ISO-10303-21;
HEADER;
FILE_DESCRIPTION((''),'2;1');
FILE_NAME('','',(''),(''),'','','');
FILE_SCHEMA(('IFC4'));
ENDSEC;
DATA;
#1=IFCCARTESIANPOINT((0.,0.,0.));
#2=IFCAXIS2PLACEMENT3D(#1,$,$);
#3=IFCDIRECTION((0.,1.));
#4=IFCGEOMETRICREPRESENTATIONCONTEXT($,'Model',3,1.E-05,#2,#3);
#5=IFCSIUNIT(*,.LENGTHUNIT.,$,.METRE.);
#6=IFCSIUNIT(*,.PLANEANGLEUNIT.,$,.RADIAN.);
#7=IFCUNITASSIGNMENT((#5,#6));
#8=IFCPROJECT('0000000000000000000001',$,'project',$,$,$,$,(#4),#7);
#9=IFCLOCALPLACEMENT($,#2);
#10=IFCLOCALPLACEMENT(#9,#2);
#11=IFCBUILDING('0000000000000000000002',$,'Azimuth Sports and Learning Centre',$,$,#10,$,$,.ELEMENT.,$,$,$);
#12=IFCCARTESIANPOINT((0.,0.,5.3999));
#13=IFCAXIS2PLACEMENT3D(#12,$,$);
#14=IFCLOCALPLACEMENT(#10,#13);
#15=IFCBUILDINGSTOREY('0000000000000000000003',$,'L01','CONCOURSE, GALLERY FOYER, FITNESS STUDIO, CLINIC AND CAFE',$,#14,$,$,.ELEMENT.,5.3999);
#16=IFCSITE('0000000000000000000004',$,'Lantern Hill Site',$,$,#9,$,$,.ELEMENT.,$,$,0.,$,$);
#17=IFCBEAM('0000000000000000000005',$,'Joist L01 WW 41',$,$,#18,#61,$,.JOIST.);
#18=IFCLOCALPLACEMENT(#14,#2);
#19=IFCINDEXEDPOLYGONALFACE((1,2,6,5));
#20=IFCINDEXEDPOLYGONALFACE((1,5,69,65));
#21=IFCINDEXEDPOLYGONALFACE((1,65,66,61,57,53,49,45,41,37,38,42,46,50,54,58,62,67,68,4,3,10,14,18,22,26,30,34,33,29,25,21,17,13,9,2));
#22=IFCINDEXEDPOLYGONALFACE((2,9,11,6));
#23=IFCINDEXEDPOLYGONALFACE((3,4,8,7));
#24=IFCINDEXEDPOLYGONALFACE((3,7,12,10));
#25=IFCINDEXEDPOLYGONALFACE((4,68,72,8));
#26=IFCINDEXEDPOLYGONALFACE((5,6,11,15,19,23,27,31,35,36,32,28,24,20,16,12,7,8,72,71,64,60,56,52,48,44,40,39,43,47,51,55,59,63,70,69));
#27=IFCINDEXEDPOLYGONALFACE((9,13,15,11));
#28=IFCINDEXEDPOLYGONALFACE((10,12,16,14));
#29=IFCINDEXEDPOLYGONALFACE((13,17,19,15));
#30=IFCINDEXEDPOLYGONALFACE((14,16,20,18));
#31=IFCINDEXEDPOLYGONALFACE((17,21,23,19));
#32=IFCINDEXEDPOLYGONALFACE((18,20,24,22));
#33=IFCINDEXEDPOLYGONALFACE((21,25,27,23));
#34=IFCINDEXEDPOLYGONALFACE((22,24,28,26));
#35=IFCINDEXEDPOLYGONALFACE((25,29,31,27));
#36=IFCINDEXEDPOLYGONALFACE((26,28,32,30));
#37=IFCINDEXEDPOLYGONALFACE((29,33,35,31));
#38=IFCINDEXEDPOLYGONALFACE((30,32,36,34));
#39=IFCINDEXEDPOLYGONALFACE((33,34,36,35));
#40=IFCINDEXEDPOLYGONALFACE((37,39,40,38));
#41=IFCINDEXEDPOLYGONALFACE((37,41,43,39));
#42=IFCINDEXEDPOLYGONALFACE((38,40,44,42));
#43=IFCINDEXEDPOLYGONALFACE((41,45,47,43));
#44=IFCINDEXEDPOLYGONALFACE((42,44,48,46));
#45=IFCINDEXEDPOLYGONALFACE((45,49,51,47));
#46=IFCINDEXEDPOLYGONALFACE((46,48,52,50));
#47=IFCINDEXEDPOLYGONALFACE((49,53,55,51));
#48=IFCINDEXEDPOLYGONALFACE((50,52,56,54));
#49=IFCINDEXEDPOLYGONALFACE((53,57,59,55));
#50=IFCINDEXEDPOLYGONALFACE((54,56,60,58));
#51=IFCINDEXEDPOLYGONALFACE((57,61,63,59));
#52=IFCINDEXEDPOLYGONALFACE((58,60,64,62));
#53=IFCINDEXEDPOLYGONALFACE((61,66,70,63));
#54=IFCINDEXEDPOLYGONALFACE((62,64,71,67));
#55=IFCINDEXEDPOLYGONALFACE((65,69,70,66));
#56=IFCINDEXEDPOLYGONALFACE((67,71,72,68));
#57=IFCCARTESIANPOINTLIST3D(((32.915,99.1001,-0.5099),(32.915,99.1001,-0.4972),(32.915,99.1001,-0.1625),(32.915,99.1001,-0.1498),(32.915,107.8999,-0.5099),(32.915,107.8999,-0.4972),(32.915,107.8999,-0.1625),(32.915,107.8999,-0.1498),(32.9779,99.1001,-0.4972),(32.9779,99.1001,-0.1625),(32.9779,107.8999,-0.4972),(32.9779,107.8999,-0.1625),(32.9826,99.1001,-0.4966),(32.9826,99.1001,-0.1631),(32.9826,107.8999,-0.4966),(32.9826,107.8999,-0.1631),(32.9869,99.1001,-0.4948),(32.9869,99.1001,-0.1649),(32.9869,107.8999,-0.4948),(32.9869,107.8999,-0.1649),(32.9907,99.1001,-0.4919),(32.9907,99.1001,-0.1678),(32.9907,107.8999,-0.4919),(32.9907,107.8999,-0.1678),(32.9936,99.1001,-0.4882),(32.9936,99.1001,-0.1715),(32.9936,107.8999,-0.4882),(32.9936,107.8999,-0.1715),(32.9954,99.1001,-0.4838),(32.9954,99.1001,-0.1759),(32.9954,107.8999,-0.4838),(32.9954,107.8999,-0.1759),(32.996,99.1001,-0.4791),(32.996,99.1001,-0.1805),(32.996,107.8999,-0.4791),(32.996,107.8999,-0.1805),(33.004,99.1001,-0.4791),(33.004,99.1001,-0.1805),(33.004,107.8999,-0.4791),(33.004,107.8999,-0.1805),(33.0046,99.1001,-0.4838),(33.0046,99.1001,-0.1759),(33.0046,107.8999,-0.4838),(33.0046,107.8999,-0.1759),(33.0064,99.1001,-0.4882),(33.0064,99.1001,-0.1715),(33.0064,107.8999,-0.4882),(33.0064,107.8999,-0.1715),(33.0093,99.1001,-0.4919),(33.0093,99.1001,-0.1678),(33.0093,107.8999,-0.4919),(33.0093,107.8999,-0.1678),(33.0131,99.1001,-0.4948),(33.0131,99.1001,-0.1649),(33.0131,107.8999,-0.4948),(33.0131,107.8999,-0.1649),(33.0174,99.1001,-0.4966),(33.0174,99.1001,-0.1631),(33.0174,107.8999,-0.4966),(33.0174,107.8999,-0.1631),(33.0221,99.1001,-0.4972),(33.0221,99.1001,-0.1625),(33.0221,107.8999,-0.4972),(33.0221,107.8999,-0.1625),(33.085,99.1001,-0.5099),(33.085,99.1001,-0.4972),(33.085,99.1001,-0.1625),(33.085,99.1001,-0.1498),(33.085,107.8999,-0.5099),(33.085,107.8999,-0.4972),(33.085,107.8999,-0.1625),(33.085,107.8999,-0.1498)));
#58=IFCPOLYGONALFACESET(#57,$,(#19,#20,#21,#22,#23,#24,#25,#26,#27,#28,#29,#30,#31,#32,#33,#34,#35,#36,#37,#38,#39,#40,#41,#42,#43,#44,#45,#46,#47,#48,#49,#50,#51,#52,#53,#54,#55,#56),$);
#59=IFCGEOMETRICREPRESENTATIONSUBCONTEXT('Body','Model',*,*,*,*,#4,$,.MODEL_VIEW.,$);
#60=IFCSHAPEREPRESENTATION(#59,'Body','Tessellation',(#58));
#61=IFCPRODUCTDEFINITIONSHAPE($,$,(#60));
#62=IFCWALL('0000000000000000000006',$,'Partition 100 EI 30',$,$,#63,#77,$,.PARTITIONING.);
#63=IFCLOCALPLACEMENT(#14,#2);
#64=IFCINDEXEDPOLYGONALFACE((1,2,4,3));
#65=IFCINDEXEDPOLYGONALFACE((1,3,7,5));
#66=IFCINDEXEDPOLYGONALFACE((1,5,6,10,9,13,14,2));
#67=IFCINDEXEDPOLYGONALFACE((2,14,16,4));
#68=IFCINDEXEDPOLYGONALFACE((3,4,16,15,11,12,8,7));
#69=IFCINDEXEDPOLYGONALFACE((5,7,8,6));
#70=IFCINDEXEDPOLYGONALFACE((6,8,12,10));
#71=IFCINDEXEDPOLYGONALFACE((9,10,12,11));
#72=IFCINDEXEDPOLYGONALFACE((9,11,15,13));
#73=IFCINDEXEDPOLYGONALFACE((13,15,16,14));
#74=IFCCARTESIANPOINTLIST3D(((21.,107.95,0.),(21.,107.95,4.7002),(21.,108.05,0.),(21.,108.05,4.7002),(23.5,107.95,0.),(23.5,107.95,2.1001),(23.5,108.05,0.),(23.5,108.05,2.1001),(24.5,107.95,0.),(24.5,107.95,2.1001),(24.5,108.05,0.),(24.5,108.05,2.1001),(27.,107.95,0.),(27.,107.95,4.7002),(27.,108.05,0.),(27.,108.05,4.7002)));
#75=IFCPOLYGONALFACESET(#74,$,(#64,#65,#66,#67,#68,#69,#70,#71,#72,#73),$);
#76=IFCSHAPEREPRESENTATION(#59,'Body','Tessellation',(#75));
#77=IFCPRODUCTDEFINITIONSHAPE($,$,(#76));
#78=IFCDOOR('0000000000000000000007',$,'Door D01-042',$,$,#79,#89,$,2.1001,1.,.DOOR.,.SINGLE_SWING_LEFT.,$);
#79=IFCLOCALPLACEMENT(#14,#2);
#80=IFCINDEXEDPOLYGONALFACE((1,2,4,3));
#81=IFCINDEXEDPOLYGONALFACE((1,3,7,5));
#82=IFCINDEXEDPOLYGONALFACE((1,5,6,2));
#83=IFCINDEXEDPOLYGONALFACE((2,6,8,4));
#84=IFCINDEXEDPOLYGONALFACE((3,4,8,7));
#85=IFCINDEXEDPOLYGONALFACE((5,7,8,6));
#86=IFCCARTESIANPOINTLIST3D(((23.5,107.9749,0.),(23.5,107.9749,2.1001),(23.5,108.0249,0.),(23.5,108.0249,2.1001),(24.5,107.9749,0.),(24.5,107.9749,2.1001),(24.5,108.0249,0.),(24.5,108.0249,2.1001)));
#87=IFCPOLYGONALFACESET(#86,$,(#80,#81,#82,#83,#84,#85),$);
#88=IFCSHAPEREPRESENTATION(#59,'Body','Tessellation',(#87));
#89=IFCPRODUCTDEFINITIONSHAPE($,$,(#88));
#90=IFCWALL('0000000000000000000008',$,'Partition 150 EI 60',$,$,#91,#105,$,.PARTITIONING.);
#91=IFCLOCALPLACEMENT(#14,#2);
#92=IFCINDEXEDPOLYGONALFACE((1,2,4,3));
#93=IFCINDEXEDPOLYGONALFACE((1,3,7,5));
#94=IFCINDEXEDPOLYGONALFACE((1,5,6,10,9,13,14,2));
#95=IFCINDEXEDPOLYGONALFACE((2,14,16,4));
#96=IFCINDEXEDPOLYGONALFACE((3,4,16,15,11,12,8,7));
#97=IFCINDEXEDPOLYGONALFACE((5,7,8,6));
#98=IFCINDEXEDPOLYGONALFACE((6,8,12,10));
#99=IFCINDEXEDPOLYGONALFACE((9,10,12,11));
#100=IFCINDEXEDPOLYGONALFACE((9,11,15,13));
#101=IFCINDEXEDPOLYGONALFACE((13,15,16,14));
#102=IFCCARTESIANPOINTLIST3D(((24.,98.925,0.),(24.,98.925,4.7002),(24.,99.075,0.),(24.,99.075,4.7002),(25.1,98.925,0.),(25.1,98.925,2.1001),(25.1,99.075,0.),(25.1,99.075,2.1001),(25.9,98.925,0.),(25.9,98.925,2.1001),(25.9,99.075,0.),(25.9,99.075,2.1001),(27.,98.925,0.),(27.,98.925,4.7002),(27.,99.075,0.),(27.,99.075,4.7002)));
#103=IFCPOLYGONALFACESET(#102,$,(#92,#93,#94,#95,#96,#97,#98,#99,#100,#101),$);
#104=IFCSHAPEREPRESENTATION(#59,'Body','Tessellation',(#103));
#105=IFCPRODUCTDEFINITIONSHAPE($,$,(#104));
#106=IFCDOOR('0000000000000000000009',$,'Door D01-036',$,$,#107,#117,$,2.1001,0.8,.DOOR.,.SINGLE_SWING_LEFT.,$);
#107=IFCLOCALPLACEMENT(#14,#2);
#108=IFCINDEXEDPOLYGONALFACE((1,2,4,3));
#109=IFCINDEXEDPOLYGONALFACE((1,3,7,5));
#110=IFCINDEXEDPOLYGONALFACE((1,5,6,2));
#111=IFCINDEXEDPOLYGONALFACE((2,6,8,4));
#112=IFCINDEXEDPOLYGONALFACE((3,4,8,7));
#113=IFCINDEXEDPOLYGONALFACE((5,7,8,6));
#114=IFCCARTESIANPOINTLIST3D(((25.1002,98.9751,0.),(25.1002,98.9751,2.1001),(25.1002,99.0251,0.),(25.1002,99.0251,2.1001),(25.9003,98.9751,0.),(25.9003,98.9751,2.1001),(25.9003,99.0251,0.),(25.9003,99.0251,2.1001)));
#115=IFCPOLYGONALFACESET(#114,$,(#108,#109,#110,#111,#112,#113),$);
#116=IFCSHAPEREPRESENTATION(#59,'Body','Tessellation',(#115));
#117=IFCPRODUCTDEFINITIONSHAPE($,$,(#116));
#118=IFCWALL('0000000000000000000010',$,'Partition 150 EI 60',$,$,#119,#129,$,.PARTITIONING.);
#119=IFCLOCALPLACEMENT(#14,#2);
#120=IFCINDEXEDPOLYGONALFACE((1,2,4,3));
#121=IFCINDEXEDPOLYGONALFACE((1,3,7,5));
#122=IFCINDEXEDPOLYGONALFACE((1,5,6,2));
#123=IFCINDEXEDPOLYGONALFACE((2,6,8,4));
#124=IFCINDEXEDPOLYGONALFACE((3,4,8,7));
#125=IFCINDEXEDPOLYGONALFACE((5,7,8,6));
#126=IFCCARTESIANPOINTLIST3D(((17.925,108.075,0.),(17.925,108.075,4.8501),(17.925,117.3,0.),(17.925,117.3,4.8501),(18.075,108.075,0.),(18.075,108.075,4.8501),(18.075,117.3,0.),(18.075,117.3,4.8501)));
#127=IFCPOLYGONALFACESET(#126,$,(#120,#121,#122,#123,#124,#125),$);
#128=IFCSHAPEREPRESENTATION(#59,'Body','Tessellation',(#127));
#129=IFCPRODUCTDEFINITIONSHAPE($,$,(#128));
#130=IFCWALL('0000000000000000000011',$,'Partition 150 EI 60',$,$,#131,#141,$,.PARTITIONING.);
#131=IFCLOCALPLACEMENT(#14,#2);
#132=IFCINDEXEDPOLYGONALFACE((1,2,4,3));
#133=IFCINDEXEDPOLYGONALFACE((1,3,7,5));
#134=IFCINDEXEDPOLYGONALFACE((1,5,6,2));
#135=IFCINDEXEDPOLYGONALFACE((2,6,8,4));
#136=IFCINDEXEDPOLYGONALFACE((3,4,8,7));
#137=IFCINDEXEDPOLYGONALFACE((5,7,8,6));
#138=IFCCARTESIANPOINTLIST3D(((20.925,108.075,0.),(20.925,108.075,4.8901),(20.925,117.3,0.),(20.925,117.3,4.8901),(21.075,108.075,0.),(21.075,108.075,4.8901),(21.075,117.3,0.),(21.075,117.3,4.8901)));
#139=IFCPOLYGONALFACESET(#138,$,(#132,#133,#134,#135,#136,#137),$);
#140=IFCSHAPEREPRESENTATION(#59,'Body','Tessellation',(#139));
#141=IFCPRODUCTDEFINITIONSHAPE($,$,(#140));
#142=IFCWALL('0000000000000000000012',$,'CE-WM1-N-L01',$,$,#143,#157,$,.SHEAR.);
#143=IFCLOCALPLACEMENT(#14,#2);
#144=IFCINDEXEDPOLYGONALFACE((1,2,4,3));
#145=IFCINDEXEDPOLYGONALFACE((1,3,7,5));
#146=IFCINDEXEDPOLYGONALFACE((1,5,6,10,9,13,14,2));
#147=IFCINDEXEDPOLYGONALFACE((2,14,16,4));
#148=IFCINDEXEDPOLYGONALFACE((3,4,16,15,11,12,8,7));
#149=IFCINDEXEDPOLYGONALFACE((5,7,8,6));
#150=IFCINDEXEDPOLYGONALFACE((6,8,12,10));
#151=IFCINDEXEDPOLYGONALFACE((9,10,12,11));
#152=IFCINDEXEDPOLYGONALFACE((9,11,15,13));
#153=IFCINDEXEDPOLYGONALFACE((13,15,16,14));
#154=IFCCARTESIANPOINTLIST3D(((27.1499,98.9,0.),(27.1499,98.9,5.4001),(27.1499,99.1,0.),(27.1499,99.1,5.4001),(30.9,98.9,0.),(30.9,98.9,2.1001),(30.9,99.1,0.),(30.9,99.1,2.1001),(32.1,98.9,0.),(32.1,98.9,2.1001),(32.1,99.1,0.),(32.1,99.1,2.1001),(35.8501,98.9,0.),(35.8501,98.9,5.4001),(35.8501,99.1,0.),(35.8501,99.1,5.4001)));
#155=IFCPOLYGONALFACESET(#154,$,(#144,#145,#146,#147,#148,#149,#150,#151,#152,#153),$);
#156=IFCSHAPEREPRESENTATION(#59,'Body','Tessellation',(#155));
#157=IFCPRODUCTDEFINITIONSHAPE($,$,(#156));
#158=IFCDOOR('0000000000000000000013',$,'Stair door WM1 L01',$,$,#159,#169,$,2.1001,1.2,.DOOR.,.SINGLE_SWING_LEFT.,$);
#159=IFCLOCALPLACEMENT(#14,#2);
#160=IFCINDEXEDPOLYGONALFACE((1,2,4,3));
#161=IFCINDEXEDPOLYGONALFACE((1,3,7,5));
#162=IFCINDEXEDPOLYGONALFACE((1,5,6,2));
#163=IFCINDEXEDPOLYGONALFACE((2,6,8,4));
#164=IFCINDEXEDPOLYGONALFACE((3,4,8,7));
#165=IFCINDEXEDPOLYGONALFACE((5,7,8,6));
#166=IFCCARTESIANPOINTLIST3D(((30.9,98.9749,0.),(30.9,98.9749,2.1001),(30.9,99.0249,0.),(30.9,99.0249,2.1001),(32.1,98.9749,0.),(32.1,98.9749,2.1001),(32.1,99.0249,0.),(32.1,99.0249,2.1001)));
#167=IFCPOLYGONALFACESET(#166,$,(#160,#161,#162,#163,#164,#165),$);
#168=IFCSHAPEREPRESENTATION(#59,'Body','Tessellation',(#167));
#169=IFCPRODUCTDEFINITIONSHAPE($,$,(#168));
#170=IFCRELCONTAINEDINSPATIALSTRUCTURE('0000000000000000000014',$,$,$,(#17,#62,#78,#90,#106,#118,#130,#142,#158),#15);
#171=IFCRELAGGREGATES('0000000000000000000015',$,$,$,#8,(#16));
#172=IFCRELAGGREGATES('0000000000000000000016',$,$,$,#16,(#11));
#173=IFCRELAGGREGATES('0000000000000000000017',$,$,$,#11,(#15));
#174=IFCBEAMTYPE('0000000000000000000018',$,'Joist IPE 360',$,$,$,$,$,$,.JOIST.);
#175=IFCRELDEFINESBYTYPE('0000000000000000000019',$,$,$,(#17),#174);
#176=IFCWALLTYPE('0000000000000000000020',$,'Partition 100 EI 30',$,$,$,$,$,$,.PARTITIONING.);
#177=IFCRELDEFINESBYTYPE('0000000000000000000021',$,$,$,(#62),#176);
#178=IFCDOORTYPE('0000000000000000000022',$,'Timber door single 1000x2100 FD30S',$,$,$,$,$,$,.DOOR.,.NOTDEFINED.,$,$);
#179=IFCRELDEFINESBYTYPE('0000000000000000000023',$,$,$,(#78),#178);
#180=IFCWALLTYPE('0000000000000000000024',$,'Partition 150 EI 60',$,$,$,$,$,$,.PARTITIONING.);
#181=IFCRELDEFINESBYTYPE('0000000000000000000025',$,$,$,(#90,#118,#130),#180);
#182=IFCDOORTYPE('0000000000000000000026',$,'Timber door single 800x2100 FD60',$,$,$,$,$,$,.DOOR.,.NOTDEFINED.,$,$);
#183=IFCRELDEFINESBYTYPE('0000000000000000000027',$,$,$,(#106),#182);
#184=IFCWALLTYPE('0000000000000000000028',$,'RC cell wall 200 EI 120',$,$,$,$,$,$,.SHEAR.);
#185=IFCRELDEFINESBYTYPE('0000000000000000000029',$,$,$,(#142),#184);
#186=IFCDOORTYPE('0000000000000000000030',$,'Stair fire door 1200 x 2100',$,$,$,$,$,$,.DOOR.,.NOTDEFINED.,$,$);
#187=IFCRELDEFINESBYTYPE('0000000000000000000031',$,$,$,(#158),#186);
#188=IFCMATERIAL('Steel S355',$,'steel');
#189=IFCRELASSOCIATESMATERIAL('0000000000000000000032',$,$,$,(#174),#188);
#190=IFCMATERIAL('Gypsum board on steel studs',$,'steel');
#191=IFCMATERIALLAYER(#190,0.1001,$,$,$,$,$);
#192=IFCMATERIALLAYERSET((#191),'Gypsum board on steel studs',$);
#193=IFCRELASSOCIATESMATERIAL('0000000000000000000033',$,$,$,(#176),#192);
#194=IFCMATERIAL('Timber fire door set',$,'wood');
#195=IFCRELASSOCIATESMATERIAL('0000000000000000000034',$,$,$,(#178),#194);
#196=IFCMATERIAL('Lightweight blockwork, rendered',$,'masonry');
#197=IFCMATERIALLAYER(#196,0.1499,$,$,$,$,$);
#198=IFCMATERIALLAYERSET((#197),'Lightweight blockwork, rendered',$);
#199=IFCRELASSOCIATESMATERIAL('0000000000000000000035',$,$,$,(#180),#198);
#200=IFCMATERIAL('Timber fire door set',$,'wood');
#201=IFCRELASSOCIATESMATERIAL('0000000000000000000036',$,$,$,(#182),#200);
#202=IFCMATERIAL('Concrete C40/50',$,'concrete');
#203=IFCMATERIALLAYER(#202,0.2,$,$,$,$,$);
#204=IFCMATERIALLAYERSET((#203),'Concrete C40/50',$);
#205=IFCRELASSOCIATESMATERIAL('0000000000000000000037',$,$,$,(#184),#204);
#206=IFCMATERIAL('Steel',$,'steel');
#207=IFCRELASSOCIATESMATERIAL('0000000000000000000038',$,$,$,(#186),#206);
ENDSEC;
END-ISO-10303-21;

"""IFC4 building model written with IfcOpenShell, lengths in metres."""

from ifc_helpers import new_model, si_unit, direction, frame, frame_2d, origin, origin_2d, place, context, subcontext, project, spatial, rectangle, i_section, extrude, material, layer, layer_set, material_profile, profile_set, type_object, element, fill, save


model = new_model("IFC4")

# Units and contexts
model_context = context("Model", 3, precision=1e-05, world=origin(), true_north=direction((0.0, 1.0)))
body_context = subcontext(model_context, "Body", "Model", "MODEL_VIEW")
ifc_project = project(units=[si_unit("LENGTHUNIT", "METRE"), si_unit("PLANEANGLEUNIT", "RADIAN")], contexts=[model_context])

# Site, building, storey
site_placement = place(None, origin())
site = spatial("IfcSite", under=ifc_project, at=site_placement, Name="Lantern Hill Site", CompositionType="ELEMENT", RefElevation=0.0)
building_placement = place(site_placement, origin())
building = spatial("IfcBuilding", under=site, at=building_placement, Name="Azimuth Sports and Learning Centre", CompositionType="ELEMENT")
storey_placement = place(building_placement, frame((0.0, 0.0, 5.3999)))
storey = spatial("IfcBuildingStorey", under=building, at=storey_placement, Name="L01", Description="CONCOURSE, GALLERY FOYER, FITNESS STUDIO, CLINIC AND CAFE", CompositionType="ELEMENT", Elevation=5.3999)

# Beam
ifc_material_1 = material(Name="Steel S355", Category="steel")
ifc_material_profile_1 = material_profile(ifc_material_1, i_section(OverallWidth=0.1699, OverallDepth=0.3601, WebThickness=0.0081, FlangeThickness=0.0127, FilletRadius=0.0181, at=origin_2d()), Name="IPE 360")
ifc_profile_set_1 = profile_set([ifc_material_profile_1], Name="Steel S355")
beam_type_1 = type_object("IfcBeamType", Name="Joist IPE 360", PredefinedType="JOIST", material=ifc_profile_set_1)
for number, where, z_axis, x_axis, name in (
    (1, (33.0, 99.1001, -0.3298), (0.0, 1.0, 0.0), (-1.0, 0.0, 0.0), "Joist L01 WW 41"),
):
    element("IfcBeam", number, at=place(storey_placement, frame(where, z_axis=z_axis, x_axis=x_axis)), inside=storey, type_object=beam_type_1, Name=name, PredefinedType="JOIST", context=body_context, shape_type="SweptSolid", body=[
        extrude(i_section(OverallWidth=0.1699, OverallDepth=0.3601, WebThickness=0.0081, FlangeThickness=0.0127, FilletRadius=0.0181, at=origin_2d()), origin(), (0.0, 0.0, 1.0), 8.7998),
    ])

# Walls, openings, doors
ifc_material_2 = material(Name="Gypsum board on steel studs", Category="steel")
ifc_layer_1 = layer(ifc_material_2, 0.1001)
ifc_layer_set_1 = layer_set([ifc_layer_1], Name="Gypsum board on steel studs")
wall_type_1 = type_object("IfcWallType", Name="Partition 100 EI 30", PredefinedType="PARTITIONING", material=ifc_layer_set_1)
wall_1_placement = place(storey_placement, frame((21.0, 108.0, 0.0), z_axis=(0.0, 0.0, 1.0), x_axis=(1.0, 0.0, 0.0)))
wall_1 = element("IfcWall", 2, at=wall_1_placement, inside=storey, type_object=wall_type_1, Name="Partition 100 EI 30", PredefinedType="PARTITIONING", context=body_context, shape_type="SweptSolid", body=[
    extrude(rectangle(XDim=6.0, YDim=0.1001, at=frame_2d((3.0, 0.0))), origin(), (0.0, 0.0, 1.0), 4.7002),
])
opening_1_placement = place(wall_1_placement, frame((2.5, 0.0, 0.0)))
opening_1 = element("IfcOpeningElement", 3, at=opening_1_placement, cuts=wall_1, PredefinedType="OPENING", context=body_context, shape_type="SweptSolid", body=[
    extrude(rectangle(XDim=1.0, YDim=2.1001, at=frame_2d((0.5, 1.05))), frame((0.0, 0.061, 0.0), z_axis=(0.0, -1.0, 0.0), x_axis=(1.0, 0.0, 0.0)), (0.0, 0.0, 1.0), 0.1221),
])
ifc_material_3 = material(Name="Timber fire door set", Category="wood")
door_type_1 = type_object("IfcDoorType", Name="Timber door single 1000x2100 FD30S", OperationType="NOTDEFINED", PredefinedType="DOOR", material=ifc_material_3)
door_1_placement = place(opening_1_placement, origin())
door_1 = element("IfcDoor", 4, at=door_1_placement, inside=storey, type_object=door_type_1, Name="Door D01-042", OperationType="SINGLE_SWING_LEFT", OverallHeight=2.1001, OverallWidth=1.0, PredefinedType="DOOR", context=body_context, shape_type="SweptSolid", body=[
    extrude(rectangle(XDim=1.0, YDim=2.1001, at=frame_2d((0.5, 1.05))), frame((0.0, 0.0249, 0.0), z_axis=(0.0, -1.0, 0.0), x_axis=(1.0, 0.0, 0.0)), (0.0, 0.0, 1.0), 0.05),
])
fill(opening_1, door_1)
ifc_material_4 = material(Name="Lightweight blockwork, rendered", Category="masonry")
ifc_layer_2 = layer(ifc_material_4, 0.1499)
ifc_layer_set_2 = layer_set([ifc_layer_2], Name="Lightweight blockwork, rendered")
wall_type_2 = type_object("IfcWallType", Name="Partition 150 EI 60", PredefinedType="PARTITIONING", material=ifc_layer_set_2)
wall_2_placement = place(storey_placement, frame((24.0, 99.0, 0.0), z_axis=(0.0, 0.0, 1.0), x_axis=(1.0, 0.0, 0.0)))
wall_2 = element("IfcWall", 5, at=wall_2_placement, inside=storey, type_object=wall_type_2, Name="Partition 150 EI 60", PredefinedType="PARTITIONING", context=body_context, shape_type="SweptSolid", body=[
    extrude(rectangle(XDim=3.0, YDim=0.1499, at=frame_2d((1.5, 0.0))), origin(), (0.0, 0.0, 1.0), 4.7002),
])
opening_2_placement = place(wall_2_placement, frame((1.1001, 0.0, 0.0)))
opening_2 = element("IfcOpeningElement", 6, at=opening_2_placement, cuts=wall_2, PredefinedType="OPENING", context=body_context, shape_type="SweptSolid", body=[
    extrude(rectangle(XDim=0.8, YDim=2.1001, at=frame_2d((0.3999, 1.05))), frame((0.0, 0.0859, 0.0), z_axis=(0.0, -1.0, 0.0), x_axis=(1.0, 0.0, 0.0)), (0.0, 0.0, 1.0), 0.1719),
])
ifc_material_5 = material(Name="Timber fire door set", Category="wood")
door_type_2 = type_object("IfcDoorType", Name="Timber door single 800x2100 FD60", OperationType="NOTDEFINED", PredefinedType="DOOR", material=ifc_material_5)
door_2_placement = place(opening_2_placement, frame((0.8, 0.0, 0.0), z_axis=(0.0, 0.0, 1.0), x_axis=(-1.0, 0.0, 0.0)))
door_2 = element("IfcDoor", 7, at=door_2_placement, inside=storey, type_object=door_type_2, Name="Door D01-036", OperationType="SINGLE_SWING_LEFT", OverallHeight=2.1001, OverallWidth=0.8, PredefinedType="DOOR", context=body_context, shape_type="SweptSolid", body=[
    extrude(rectangle(XDim=0.8, YDim=2.1001, at=frame_2d((0.3999, 1.05))), frame((0.0, 0.0249, 0.0), z_axis=(0.0, -1.0, 0.0), x_axis=(1.0, 0.0, 0.0)), (0.0, 0.0, 1.0), 0.05),
])
fill(opening_2, door_2)

# Walls
wall_3_placement = place(storey_placement, frame((18.0, 108.075, 0.0), z_axis=(0.0, 0.0, 1.0), x_axis=(0.0, 1.0, 0.0)))
element("IfcWall", 8, at=wall_3_placement, inside=storey, type_object=wall_type_2, Name="Partition 150 EI 60", PredefinedType="PARTITIONING", context=body_context, shape_type="SweptSolid", body=[
    extrude(rectangle(XDim=9.2251, YDim=0.1499, at=frame_2d((4.6125, 0.0))), origin(), (0.0, 0.0, 1.0), 4.8501),
])
wall_4_placement = place(storey_placement, frame((21.0, 108.075, 0.0), z_axis=(0.0, 0.0, 1.0), x_axis=(0.0, 1.0, 0.0)))
element("IfcWall", 9, at=wall_4_placement, inside=storey, type_object=wall_type_2, Name="Partition 150 EI 60", PredefinedType="PARTITIONING", context=body_context, shape_type="SweptSolid", body=[
    extrude(rectangle(XDim=9.2251, YDim=0.1499, at=frame_2d((4.6125, 0.0))), origin(), (0.0, 0.0, 1.0), 4.8901),
])

# Wall, opening, door
ifc_material_6 = material(Name="Concrete C40/50", Category="concrete")
ifc_layer_3 = layer(ifc_material_6, 0.2)
ifc_layer_set_3 = layer_set([ifc_layer_3], Name="Concrete C40/50")
wall_type_3 = type_object("IfcWallType", Name="RC cell wall 200 EI 120", PredefinedType="SHEAR", material=ifc_layer_set_3)
wall_5_placement = place(storey_placement, frame((27.1499, 99.0, 0.0), z_axis=(0.0, 0.0, 1.0), x_axis=(1.0, 0.0, 0.0)))
wall_5 = element("IfcWall", 10, at=wall_5_placement, inside=storey, type_object=wall_type_3, Name="CE-WM1-N-L01", PredefinedType="SHEAR", context=body_context, shape_type="SweptSolid", body=[
    extrude(rectangle(XDim=8.7002, YDim=0.2, at=frame_2d((4.3501, 0.0))), origin(), (0.0, 0.0, 1.0), 5.4001),
])
opening_3_placement = place(wall_5_placement, frame((3.75, 0.0, 0.0)))
opening_3 = element("IfcOpeningElement", 11, at=opening_3_placement, cuts=wall_5, PredefinedType="OPENING", context=body_context, shape_type="SweptSolid", body=[
    extrude(rectangle(XDim=1.2, YDim=2.1001, at=frame_2d((0.6001, 1.05))), frame((0.0, 0.1108, 0.0), z_axis=(0.0, -1.0, 0.0), x_axis=(1.0, 0.0, 0.0)), (0.0, 0.0, 1.0), 0.2219),
])
ifc_material_7 = material(Name="Steel", Category="steel")
door_type_3 = type_object("IfcDoorType", Name="Stair fire door 1200 x 2100", OperationType="NOTDEFINED", PredefinedType="DOOR", material=ifc_material_7)
door_3_placement = place(opening_3_placement, origin())
door_3 = element("IfcDoor", 12, at=door_3_placement, inside=storey, type_object=door_type_3, Name="Stair door WM1 L01", OperationType="SINGLE_SWING_LEFT", OverallHeight=2.1001, OverallWidth=1.2, PredefinedType="DOOR", context=body_context, shape_type="SweptSolid", body=[
    extrude(rectangle(XDim=1.2, YDim=2.1001, at=frame_2d((0.6001, 1.05))), frame((0.0, 0.0249, 0.0), z_axis=(0.0, -1.0, 0.0), x_axis=(1.0, 0.0, 0.0)), (0.0, 0.0, 1.0), 0.05),
])
fill(opening_3, door_3)

save(model, "model.ifc")
